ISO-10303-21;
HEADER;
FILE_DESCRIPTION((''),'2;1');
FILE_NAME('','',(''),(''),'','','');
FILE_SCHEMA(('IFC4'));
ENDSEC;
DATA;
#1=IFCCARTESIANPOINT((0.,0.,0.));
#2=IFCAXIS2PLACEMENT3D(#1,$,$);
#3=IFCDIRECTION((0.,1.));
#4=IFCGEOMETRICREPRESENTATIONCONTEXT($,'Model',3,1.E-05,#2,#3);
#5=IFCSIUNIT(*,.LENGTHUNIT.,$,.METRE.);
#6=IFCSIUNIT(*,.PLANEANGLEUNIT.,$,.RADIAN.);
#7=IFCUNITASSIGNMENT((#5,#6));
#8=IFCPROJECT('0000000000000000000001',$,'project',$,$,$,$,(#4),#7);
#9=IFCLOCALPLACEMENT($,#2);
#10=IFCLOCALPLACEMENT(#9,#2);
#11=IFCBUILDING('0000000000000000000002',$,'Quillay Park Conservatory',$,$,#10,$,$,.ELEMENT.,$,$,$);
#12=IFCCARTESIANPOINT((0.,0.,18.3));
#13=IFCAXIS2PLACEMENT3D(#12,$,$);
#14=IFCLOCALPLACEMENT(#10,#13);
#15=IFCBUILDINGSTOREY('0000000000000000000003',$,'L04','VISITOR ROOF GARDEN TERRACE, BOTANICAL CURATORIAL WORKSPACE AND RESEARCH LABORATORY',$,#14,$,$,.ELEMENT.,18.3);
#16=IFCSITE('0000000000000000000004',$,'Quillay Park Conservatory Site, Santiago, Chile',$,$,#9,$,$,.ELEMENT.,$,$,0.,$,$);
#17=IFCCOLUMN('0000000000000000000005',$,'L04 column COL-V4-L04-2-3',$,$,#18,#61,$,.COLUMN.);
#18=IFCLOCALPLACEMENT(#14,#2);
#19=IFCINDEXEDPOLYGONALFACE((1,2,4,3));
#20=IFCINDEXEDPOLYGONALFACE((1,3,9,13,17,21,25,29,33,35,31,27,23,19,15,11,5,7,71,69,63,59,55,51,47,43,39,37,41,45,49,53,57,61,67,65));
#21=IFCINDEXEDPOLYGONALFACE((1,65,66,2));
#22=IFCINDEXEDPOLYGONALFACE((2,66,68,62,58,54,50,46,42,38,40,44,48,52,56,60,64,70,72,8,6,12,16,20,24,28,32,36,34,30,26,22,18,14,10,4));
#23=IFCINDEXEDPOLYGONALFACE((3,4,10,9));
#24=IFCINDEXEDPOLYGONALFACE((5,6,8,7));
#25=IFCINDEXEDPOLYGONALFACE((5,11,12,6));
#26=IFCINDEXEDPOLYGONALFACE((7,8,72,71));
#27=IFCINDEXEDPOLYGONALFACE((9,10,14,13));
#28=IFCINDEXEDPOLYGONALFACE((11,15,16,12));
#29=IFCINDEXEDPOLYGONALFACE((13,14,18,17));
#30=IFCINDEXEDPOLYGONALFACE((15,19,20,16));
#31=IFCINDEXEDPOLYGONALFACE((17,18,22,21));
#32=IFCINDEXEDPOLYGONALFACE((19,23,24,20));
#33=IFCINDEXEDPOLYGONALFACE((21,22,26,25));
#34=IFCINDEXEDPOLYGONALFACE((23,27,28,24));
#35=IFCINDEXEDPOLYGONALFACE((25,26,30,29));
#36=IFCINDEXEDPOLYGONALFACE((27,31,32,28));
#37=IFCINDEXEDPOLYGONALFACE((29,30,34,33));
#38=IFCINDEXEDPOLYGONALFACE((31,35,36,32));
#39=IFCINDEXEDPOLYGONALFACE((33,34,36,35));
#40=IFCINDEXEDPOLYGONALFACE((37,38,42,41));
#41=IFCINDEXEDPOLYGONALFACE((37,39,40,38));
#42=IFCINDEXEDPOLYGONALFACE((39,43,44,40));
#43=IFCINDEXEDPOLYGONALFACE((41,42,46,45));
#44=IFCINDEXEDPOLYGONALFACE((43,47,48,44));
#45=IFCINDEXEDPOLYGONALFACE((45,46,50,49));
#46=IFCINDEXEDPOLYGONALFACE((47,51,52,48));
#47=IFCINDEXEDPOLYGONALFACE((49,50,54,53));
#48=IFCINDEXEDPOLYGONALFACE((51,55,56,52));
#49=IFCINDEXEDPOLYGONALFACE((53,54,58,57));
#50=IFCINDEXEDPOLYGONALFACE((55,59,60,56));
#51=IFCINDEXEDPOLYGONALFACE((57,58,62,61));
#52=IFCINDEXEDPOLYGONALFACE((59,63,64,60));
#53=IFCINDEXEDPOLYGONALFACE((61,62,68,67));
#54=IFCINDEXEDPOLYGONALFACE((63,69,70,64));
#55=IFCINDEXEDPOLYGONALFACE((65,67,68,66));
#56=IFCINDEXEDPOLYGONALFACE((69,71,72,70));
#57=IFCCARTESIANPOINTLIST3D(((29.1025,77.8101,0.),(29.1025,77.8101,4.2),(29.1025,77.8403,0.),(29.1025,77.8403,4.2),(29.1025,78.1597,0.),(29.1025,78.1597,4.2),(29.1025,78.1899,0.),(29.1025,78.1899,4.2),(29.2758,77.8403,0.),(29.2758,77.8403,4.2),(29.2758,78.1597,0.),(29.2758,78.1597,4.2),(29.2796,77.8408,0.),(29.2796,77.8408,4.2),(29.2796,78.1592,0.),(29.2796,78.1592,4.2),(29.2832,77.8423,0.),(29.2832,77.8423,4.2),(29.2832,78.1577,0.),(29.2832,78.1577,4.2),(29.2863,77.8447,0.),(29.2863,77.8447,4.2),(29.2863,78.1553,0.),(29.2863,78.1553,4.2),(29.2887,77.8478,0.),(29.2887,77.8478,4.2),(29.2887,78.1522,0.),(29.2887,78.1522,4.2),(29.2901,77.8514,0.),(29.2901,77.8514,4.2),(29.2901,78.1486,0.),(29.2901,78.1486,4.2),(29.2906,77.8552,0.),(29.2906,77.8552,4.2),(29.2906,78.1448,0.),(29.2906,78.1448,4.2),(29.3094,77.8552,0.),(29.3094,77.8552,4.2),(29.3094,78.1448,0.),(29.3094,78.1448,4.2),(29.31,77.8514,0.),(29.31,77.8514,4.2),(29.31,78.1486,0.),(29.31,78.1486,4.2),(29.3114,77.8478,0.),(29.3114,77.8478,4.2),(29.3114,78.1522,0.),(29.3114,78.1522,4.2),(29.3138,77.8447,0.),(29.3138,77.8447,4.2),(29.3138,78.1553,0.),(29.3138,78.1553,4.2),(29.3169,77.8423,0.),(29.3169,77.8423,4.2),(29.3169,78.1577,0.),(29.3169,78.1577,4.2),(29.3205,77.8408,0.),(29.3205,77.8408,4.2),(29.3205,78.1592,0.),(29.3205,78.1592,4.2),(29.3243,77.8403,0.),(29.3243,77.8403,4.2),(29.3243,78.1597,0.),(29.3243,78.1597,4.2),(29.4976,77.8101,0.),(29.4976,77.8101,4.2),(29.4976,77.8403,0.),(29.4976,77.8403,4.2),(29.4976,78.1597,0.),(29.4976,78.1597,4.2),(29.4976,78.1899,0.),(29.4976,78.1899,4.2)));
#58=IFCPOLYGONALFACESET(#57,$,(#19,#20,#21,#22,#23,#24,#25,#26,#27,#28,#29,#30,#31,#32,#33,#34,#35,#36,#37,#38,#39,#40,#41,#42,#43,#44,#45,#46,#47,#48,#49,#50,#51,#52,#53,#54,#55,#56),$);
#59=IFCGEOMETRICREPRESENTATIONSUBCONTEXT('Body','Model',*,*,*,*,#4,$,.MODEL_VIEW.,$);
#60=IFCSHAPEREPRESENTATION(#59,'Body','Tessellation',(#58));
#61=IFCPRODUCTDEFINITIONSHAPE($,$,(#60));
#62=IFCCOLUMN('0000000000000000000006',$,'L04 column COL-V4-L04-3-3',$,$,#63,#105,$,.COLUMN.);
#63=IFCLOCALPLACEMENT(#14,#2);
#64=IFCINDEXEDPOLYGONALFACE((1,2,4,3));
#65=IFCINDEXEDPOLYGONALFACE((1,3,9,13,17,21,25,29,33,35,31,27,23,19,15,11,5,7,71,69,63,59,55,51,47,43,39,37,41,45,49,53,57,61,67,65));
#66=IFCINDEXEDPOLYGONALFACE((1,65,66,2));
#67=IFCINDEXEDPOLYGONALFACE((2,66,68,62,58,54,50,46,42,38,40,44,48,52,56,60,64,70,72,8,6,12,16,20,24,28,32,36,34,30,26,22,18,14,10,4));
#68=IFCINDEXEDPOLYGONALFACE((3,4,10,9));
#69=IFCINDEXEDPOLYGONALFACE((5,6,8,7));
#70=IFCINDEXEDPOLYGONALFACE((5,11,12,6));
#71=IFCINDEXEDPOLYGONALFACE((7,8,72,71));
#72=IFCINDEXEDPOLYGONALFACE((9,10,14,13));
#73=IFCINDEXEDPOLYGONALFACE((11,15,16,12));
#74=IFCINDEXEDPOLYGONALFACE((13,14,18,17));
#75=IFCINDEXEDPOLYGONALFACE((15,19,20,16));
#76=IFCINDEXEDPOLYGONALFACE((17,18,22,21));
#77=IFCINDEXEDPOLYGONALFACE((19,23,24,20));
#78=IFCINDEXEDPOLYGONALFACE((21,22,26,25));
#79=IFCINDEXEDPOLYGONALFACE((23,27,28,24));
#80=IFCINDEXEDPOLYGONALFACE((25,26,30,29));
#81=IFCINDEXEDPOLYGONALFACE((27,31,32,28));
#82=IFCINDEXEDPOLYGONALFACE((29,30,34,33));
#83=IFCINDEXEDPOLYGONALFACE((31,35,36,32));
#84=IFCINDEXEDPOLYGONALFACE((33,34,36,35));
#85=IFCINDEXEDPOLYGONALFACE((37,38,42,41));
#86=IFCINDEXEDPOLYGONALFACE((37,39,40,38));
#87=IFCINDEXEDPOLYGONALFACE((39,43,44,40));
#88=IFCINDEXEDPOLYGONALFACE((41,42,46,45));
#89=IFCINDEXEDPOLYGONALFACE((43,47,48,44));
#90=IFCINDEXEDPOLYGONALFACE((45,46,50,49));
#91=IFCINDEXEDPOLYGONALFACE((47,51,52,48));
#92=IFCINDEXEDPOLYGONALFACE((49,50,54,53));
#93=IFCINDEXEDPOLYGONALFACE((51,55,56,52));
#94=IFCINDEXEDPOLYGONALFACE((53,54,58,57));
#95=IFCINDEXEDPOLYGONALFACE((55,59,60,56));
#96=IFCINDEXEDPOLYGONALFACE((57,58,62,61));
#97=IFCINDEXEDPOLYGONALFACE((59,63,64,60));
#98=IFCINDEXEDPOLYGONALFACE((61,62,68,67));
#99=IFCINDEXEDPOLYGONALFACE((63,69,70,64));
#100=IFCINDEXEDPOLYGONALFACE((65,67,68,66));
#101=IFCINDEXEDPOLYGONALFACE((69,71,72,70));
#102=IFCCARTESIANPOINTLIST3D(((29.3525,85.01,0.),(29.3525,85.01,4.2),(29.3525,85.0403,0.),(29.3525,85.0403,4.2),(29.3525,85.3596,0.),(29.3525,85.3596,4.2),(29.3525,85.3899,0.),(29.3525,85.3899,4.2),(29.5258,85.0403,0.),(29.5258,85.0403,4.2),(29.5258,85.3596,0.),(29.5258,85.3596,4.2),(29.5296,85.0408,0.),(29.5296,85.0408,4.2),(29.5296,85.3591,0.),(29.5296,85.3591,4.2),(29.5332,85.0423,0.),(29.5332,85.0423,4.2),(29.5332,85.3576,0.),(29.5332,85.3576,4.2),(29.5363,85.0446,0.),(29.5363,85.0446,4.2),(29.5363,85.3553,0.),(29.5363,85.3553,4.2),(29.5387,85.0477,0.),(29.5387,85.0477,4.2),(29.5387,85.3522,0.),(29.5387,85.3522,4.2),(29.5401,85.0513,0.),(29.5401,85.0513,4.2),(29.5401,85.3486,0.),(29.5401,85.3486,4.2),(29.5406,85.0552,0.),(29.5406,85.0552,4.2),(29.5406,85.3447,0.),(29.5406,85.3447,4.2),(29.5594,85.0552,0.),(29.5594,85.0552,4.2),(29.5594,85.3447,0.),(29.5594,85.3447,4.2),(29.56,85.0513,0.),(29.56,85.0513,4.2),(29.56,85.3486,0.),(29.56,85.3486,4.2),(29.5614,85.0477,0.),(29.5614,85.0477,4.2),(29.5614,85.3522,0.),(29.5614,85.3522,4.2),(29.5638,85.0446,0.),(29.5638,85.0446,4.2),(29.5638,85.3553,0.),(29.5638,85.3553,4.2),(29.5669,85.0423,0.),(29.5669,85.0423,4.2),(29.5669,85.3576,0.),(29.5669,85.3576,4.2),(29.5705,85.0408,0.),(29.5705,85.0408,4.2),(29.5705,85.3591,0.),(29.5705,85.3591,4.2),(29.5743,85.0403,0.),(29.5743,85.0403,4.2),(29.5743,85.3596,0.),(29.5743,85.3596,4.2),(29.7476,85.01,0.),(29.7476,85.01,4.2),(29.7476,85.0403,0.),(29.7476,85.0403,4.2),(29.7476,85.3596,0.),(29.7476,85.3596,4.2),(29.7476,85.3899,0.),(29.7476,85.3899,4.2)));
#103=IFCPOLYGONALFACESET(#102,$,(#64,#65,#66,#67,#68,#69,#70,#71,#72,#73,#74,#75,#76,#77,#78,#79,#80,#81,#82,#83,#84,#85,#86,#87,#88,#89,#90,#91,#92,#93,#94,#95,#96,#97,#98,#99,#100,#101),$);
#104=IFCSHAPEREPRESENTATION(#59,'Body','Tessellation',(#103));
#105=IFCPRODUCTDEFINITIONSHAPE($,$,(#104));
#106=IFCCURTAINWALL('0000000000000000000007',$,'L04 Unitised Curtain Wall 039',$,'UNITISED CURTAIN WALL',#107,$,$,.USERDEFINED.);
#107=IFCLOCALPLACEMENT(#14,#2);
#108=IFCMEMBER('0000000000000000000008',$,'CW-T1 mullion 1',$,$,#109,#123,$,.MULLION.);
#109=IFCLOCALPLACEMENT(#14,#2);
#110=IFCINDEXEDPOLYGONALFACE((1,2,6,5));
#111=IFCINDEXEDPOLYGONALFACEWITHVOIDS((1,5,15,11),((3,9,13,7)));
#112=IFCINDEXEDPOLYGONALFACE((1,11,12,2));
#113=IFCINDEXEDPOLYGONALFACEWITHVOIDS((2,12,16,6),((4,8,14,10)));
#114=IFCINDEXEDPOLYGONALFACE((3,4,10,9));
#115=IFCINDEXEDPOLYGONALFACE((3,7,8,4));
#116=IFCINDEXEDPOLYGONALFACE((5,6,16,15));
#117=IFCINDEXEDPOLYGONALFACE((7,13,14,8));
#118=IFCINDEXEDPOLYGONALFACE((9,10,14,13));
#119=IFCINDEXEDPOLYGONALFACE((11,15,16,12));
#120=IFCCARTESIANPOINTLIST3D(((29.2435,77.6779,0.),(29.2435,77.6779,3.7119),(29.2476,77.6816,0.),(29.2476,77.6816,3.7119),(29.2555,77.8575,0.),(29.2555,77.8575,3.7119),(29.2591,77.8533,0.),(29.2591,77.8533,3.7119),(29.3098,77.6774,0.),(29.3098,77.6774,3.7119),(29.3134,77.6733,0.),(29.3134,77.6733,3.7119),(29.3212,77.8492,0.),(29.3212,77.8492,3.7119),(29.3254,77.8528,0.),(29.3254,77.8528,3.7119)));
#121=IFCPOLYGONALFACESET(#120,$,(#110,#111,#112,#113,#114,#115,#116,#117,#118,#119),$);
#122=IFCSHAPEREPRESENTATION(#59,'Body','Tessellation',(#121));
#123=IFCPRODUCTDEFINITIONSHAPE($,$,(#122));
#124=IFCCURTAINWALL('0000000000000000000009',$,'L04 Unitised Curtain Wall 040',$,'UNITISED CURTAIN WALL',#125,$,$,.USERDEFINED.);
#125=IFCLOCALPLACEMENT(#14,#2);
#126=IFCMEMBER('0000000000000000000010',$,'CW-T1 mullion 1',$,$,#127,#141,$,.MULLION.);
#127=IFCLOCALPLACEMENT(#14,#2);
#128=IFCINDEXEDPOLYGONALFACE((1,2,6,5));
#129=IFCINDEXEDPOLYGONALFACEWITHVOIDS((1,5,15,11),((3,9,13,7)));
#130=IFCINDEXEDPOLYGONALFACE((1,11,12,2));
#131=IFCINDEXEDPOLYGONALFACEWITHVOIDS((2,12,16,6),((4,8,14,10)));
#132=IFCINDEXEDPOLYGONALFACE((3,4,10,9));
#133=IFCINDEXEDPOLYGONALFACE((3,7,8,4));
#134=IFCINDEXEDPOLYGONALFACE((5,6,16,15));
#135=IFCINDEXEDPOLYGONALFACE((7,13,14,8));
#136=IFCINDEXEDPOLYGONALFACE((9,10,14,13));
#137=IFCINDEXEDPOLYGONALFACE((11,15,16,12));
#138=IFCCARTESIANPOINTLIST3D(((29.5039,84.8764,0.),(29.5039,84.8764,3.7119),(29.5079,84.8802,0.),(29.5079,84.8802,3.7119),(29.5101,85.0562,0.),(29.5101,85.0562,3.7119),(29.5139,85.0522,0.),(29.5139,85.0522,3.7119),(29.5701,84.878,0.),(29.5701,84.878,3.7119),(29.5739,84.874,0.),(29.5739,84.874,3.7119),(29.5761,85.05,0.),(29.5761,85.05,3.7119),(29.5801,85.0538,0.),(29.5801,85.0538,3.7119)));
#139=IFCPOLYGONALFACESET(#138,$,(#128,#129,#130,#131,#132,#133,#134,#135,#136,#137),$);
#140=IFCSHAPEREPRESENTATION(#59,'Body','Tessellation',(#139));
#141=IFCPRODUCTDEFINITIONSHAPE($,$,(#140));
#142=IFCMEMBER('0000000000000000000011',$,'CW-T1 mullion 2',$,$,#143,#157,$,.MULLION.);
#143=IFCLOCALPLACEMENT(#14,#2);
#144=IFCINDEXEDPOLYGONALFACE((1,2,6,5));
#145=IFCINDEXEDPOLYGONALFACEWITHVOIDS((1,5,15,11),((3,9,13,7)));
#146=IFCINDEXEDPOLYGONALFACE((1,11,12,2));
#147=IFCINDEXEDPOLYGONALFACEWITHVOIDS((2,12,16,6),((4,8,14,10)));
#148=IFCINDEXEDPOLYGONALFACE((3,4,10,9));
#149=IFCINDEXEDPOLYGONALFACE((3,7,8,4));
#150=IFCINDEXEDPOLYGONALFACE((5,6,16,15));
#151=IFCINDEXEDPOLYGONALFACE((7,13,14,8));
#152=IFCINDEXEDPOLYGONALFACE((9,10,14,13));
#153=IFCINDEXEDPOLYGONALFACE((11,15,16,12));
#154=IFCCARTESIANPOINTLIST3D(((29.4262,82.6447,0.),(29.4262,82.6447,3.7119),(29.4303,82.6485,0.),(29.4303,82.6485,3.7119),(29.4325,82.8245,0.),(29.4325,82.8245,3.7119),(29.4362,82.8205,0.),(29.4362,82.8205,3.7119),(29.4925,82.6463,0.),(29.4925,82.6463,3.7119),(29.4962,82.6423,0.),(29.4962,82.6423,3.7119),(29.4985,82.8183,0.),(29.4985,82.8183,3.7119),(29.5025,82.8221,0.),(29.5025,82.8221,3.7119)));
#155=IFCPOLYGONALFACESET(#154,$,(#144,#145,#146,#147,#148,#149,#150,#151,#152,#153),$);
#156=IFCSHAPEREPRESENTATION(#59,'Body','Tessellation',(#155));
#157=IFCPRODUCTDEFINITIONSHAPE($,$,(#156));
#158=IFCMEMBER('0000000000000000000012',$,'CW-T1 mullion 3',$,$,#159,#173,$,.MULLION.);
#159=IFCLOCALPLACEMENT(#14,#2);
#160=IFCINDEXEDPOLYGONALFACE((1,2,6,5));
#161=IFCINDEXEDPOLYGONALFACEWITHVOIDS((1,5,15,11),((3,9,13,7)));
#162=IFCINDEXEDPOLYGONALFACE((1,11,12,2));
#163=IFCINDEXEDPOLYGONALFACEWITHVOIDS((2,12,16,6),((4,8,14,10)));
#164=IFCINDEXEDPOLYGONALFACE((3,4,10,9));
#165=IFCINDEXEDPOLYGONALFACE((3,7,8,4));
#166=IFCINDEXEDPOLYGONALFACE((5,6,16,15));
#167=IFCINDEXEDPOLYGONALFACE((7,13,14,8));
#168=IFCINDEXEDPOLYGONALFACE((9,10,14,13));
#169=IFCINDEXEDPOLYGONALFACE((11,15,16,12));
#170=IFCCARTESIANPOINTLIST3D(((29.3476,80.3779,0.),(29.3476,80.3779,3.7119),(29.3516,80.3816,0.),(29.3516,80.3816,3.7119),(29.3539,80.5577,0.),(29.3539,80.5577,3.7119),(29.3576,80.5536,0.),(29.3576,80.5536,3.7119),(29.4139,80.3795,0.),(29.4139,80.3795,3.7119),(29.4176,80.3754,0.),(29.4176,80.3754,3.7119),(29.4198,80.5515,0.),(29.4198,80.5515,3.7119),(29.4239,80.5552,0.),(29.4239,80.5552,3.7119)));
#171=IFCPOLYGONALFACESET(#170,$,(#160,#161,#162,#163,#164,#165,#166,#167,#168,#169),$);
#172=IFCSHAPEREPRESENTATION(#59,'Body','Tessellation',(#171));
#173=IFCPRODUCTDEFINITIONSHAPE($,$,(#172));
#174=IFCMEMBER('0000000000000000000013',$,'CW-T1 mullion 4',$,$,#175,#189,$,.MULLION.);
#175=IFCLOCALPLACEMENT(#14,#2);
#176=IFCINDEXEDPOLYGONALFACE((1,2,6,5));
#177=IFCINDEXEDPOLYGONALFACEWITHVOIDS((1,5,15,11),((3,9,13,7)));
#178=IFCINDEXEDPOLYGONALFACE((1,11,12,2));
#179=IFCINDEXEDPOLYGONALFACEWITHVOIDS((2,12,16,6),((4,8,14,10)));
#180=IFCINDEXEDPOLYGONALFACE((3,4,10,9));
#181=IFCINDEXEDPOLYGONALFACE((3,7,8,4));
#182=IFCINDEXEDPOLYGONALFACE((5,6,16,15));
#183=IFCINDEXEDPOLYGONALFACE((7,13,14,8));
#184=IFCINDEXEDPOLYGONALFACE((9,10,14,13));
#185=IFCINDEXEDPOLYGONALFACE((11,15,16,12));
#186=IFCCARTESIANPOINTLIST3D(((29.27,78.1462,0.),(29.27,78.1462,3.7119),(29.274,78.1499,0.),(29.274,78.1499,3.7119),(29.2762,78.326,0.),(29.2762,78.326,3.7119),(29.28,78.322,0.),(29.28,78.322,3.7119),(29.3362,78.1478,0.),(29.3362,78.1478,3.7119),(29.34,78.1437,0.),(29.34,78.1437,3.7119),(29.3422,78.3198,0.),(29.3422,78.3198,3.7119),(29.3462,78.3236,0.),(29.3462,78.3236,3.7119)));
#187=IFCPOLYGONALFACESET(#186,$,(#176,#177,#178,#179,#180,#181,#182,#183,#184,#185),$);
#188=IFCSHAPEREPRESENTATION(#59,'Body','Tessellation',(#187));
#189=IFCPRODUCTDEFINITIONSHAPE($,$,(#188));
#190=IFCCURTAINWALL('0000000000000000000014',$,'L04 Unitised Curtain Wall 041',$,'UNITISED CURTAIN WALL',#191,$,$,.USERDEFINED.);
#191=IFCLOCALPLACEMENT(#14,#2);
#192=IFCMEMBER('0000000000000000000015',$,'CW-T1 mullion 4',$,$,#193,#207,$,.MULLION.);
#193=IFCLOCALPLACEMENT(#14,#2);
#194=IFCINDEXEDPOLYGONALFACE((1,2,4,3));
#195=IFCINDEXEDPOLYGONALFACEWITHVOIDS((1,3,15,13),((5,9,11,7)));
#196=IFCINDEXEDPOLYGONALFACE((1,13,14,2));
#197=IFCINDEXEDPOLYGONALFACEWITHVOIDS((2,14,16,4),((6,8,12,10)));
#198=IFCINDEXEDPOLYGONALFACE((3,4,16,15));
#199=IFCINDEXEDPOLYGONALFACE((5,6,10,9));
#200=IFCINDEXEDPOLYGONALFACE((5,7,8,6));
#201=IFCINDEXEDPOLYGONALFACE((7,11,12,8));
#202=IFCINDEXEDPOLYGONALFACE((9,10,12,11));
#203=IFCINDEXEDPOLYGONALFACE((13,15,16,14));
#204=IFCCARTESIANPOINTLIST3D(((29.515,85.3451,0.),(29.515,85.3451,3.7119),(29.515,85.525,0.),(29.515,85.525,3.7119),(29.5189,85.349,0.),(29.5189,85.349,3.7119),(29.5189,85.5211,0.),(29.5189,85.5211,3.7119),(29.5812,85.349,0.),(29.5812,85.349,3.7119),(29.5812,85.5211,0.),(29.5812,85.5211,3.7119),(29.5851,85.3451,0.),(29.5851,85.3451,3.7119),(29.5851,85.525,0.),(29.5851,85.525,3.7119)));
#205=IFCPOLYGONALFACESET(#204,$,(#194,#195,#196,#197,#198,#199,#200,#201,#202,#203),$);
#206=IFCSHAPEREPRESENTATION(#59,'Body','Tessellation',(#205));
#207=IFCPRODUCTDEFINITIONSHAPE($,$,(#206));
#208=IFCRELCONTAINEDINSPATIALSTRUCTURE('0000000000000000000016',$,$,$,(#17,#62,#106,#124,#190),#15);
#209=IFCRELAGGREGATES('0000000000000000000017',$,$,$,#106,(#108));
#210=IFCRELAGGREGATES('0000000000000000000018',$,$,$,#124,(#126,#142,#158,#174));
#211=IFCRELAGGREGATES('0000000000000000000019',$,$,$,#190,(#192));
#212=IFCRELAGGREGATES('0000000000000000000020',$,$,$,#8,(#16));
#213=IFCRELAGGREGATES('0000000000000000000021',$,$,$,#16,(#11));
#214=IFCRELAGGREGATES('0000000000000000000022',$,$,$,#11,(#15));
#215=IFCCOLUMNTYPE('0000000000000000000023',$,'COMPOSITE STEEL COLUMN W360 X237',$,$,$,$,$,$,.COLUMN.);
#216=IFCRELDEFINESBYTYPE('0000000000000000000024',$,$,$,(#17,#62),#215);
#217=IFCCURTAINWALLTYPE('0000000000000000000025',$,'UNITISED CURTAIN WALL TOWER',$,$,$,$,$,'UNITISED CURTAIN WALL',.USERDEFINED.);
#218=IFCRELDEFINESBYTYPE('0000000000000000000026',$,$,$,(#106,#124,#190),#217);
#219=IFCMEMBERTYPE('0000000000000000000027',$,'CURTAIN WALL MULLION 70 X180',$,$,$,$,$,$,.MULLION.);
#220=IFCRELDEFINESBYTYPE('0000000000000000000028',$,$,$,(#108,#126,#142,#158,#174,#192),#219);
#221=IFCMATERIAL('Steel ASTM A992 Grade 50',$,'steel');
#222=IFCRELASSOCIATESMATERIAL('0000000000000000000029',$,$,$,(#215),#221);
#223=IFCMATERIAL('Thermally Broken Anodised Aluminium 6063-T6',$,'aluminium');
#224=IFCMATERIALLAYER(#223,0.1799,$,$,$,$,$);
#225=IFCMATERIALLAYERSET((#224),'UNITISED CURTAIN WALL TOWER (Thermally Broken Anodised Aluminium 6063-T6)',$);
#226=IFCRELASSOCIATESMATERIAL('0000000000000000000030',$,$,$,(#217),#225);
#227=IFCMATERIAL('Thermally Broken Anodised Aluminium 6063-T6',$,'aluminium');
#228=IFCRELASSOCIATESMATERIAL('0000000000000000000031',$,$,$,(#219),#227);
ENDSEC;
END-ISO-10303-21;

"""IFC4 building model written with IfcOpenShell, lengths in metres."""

from ifc_helpers import new_model, si_unit, direction, frame, origin, origin_2d, place, context, subcontext, project, spatial, hollow_rectangle, i_section, extrude, material, layer, layer_set, material_profile, profile_set, type_object, element, aggregate, save


model = new_model("IFC4")

# Units and contexts
model_context = context("Model", 3, precision=1e-05, world=origin(), true_north=direction((0.0, 1.0)))
body_context = subcontext(model_context, "Body", "Model", "MODEL_VIEW")
ifc_project = project(units=[si_unit("LENGTHUNIT", "METRE"), si_unit("PLANEANGLEUNIT", "RADIAN")], contexts=[model_context])

# Site, building, storey
site_placement = place(None, origin())
site = spatial("IfcSite", under=ifc_project, at=site_placement, Name="Quillay Park Conservatory Site, Santiago, Chile", CompositionType="ELEMENT", RefElevation=0.0)
building_placement = place(site_placement, origin())
building = spatial("IfcBuilding", under=site, at=building_placement, Name="Quillay Park Conservatory", CompositionType="ELEMENT")
storey_placement = place(building_placement, frame((0.0, 0.0, 18.3)))
storey = spatial("IfcBuildingStorey", under=building, at=storey_placement, Name="L04", Description="VISITOR ROOF GARDEN TERRACE, BOTANICAL CURATORIAL WORKSPACE AND RESEARCH LABORATORY", CompositionType="ELEMENT", Elevation=18.3)

# Columns
ifc_material_1 = material(Name="Steel ASTM A992 Grade 50", Category="steel")
ifc_material_profile_1 = material_profile(ifc_material_1, i_section(OverallWidth=0.395, OverallDepth=0.3799, WebThickness=0.0188, FlangeThickness=0.0303, FilletRadius=0.0149, at=origin_2d()), Name="W360x237")
ifc_profile_set_1 = profile_set([ifc_material_profile_1], Name="Steel ASTM A992 Grade 50")
column_type = type_object("IfcColumnType", Name="COMPOSITE STEEL COLUMN W360 X237", PredefinedType="COLUMN", material=ifc_profile_set_1)
for number, where, z_axis, x_axis, name in (
    (1, (29.3, 78.0, 0.0), (0.0, 0.0, 1.0), (1.0, 0.0, 0.0), "L04 column COL-V4-L04-2-3"),
    (2, (29.55, 85.2, 0.0), (0.0, 0.0, 1.0), (1.0, 0.0, 0.0), "L04 column COL-V4-L04-3-3"),
):
    element("IfcColumn", number, at=place(storey_placement, frame(where, z_axis=z_axis, x_axis=x_axis)), inside=storey, type_object=column_type, Name=name, PredefinedType="COLUMN", context=body_context, shape_type="SweptSolid", body=[
        extrude(i_section(OverallWidth=0.395, OverallDepth=0.3799, WebThickness=0.0188, FlangeThickness=0.0303, FilletRadius=0.0149, at=origin_2d()), origin(), (0.0, 0.0, 1.0), 4.2),
    ])

# Curtain wall, member
ifc_material_2 = material(Name="Thermally Broken Anodised Aluminium 6063-T6", Category="aluminium")
ifc_layer_1 = layer(ifc_material_2, 0.1799)
ifc_layer_set_1 = layer_set([ifc_layer_1], Name="UNITISED CURTAIN WALL TOWER (Thermally Broken Anodised Aluminium 6063-T6)")
curtain_wall_type = type_object("IfcCurtainWallType", Name="UNITISED CURTAIN WALL TOWER", ElementType="UNITISED CURTAIN WALL", PredefinedType="USERDEFINED", material=ifc_layer_set_1)
curtain_wall_1_placement = place(storey_placement, origin())
curtain_wall_1 = element("IfcCurtainWall", 3, at=curtain_wall_1_placement, inside=storey, type_object=curtain_wall_type, Name="L04 Unitised Curtain Wall 039", ObjectType="UNITISED CURTAIN WALL", PredefinedType="USERDEFINED")
ifc_material_3 = material(Name="Thermally Broken Anodised Aluminium 6063-T6", Category="aluminium")
ifc_material_profile_2 = material_profile(ifc_material_3, hollow_rectangle(XDim=0.0701, YDim=0.1799, WallThickness=0.0039, at=origin_2d()), Name="AL70x180x4")
ifc_profile_set_2 = profile_set([ifc_material_profile_2], Name="Thermally Broken Anodised Aluminium 6063-T6")
member_type_1 = type_object("IfcMemberType", Name="CURTAIN WALL MULLION 70 X180", PredefinedType="MULLION", material=ifc_profile_set_2)
member_1_placement = place(storey_placement, frame((29.2844, 77.7654, 0.0), z_axis=(0.0, 0.0, 1.0), x_axis=(0.997785, -0.066521, 0.0)))
member_1 = element("IfcMember", 4, at=member_1_placement, type_object=member_type_1, Name="CW-T1 mullion 1", PredefinedType="MULLION", context=body_context, shape_type="SweptSolid", body=[
    extrude(hollow_rectangle(XDim=0.0701, YDim=0.1799, WallThickness=0.0039, at=origin_2d()), origin(), (0.0, 0.0, 1.0), 3.7119),
])

# Curtain wall, members
curtain_wall_2_placement = place(storey_placement, origin())
curtain_wall_2 = element("IfcCurtainWall", 5, at=curtain_wall_2_placement, inside=storey, type_object=curtain_wall_type, Name="L04 Unitised Curtain Wall 040", ObjectType="UNITISED CURTAIN WALL", PredefinedType="USERDEFINED")
member_2_placement = place(storey_placement, frame((29.542, 84.9651, 0.0), z_axis=(0.0, 0.0, 1.0), x_axis=(0.999397, -0.034713, 0.0)))
member_2 = element("IfcMember", 6, at=member_2_placement, type_object=member_type_1, Name="CW-T1 mullion 1", PredefinedType="MULLION", context=body_context, shape_type="SweptSolid", body=[
    extrude(hollow_rectangle(XDim=0.0701, YDim=0.1799, WallThickness=0.0039, at=origin_2d()), origin(), (0.0, 0.0, 1.0), 3.7119),
])
member_3_placement = place(storey_placement, frame((29.4644, 82.7334, 0.0), z_axis=(0.0, 0.0, 1.0), x_axis=(0.999397, -0.034713, 0.0)))
member_3 = element("IfcMember", 7, at=member_3_placement, type_object=member_type_1, Name="CW-T1 mullion 2", PredefinedType="MULLION", context=body_context, shape_type="SweptSolid", body=[
    extrude(hollow_rectangle(XDim=0.0701, YDim=0.1799, WallThickness=0.0039, at=origin_2d()), origin(), (0.0, 0.0, 1.0), 3.7119),
])
member_4_placement = place(storey_placement, frame((29.3857, 80.4666, 0.0), z_axis=(0.0, 0.0, 1.0), x_axis=(0.999397, -0.034713, 0.0)))
member_4 = element("IfcMember", 8, at=member_4_placement, type_object=member_type_1, Name="CW-T1 mullion 3", PredefinedType="MULLION", context=body_context, shape_type="SweptSolid", body=[
    extrude(hollow_rectangle(XDim=0.0701, YDim=0.1799, WallThickness=0.0039, at=origin_2d()), origin(), (0.0, 0.0, 1.0), 3.7119),
])
member_5_placement = place(storey_placement, frame((29.3081, 78.2349, 0.0), z_axis=(0.0, 0.0, 1.0), x_axis=(0.999397, -0.034713, 0.0)))
member_5 = element("IfcMember", 9, at=member_5_placement, type_object=member_type_1, Name="CW-T1 mullion 4", PredefinedType="MULLION", context=body_context, shape_type="SweptSolid", body=[
    extrude(hollow_rectangle(XDim=0.0701, YDim=0.1799, WallThickness=0.0039, at=origin_2d()), origin(), (0.0, 0.0, 1.0), 3.7119),
])

# Curtain wall, member
curtain_wall_3_placement = place(storey_placement, origin())
curtain_wall_3 = element("IfcCurtainWall", 10, at=curtain_wall_3_placement, inside=storey, type_object=curtain_wall_type, Name="L04 Unitised Curtain Wall 041", ObjectType="UNITISED CURTAIN WALL", PredefinedType="USERDEFINED")
member_6_placement = place(storey_placement, frame((29.55, 85.4351, 0.0), z_axis=(0.0, 0.0, 1.0), x_axis=(1.0, 0.0, 0.0)))
member_6 = element("IfcMember", 11, at=member_6_placement, type_object=member_type_1, Name="CW-T1 mullion 4", PredefinedType="MULLION", context=body_context, shape_type="SweptSolid", body=[
    extrude(hollow_rectangle(XDim=0.0701, YDim=0.1799, WallThickness=0.0039, at=origin_2d()), origin(), (0.0, 0.0, 1.0), 3.7119),
])

aggregate(curtain_wall_1, [member_1])

aggregate(curtain_wall_2, [member_2, member_3, member_4, member_5])
aggregate(curtain_wall_3, [member_6])

save(model, "model.ifc")
